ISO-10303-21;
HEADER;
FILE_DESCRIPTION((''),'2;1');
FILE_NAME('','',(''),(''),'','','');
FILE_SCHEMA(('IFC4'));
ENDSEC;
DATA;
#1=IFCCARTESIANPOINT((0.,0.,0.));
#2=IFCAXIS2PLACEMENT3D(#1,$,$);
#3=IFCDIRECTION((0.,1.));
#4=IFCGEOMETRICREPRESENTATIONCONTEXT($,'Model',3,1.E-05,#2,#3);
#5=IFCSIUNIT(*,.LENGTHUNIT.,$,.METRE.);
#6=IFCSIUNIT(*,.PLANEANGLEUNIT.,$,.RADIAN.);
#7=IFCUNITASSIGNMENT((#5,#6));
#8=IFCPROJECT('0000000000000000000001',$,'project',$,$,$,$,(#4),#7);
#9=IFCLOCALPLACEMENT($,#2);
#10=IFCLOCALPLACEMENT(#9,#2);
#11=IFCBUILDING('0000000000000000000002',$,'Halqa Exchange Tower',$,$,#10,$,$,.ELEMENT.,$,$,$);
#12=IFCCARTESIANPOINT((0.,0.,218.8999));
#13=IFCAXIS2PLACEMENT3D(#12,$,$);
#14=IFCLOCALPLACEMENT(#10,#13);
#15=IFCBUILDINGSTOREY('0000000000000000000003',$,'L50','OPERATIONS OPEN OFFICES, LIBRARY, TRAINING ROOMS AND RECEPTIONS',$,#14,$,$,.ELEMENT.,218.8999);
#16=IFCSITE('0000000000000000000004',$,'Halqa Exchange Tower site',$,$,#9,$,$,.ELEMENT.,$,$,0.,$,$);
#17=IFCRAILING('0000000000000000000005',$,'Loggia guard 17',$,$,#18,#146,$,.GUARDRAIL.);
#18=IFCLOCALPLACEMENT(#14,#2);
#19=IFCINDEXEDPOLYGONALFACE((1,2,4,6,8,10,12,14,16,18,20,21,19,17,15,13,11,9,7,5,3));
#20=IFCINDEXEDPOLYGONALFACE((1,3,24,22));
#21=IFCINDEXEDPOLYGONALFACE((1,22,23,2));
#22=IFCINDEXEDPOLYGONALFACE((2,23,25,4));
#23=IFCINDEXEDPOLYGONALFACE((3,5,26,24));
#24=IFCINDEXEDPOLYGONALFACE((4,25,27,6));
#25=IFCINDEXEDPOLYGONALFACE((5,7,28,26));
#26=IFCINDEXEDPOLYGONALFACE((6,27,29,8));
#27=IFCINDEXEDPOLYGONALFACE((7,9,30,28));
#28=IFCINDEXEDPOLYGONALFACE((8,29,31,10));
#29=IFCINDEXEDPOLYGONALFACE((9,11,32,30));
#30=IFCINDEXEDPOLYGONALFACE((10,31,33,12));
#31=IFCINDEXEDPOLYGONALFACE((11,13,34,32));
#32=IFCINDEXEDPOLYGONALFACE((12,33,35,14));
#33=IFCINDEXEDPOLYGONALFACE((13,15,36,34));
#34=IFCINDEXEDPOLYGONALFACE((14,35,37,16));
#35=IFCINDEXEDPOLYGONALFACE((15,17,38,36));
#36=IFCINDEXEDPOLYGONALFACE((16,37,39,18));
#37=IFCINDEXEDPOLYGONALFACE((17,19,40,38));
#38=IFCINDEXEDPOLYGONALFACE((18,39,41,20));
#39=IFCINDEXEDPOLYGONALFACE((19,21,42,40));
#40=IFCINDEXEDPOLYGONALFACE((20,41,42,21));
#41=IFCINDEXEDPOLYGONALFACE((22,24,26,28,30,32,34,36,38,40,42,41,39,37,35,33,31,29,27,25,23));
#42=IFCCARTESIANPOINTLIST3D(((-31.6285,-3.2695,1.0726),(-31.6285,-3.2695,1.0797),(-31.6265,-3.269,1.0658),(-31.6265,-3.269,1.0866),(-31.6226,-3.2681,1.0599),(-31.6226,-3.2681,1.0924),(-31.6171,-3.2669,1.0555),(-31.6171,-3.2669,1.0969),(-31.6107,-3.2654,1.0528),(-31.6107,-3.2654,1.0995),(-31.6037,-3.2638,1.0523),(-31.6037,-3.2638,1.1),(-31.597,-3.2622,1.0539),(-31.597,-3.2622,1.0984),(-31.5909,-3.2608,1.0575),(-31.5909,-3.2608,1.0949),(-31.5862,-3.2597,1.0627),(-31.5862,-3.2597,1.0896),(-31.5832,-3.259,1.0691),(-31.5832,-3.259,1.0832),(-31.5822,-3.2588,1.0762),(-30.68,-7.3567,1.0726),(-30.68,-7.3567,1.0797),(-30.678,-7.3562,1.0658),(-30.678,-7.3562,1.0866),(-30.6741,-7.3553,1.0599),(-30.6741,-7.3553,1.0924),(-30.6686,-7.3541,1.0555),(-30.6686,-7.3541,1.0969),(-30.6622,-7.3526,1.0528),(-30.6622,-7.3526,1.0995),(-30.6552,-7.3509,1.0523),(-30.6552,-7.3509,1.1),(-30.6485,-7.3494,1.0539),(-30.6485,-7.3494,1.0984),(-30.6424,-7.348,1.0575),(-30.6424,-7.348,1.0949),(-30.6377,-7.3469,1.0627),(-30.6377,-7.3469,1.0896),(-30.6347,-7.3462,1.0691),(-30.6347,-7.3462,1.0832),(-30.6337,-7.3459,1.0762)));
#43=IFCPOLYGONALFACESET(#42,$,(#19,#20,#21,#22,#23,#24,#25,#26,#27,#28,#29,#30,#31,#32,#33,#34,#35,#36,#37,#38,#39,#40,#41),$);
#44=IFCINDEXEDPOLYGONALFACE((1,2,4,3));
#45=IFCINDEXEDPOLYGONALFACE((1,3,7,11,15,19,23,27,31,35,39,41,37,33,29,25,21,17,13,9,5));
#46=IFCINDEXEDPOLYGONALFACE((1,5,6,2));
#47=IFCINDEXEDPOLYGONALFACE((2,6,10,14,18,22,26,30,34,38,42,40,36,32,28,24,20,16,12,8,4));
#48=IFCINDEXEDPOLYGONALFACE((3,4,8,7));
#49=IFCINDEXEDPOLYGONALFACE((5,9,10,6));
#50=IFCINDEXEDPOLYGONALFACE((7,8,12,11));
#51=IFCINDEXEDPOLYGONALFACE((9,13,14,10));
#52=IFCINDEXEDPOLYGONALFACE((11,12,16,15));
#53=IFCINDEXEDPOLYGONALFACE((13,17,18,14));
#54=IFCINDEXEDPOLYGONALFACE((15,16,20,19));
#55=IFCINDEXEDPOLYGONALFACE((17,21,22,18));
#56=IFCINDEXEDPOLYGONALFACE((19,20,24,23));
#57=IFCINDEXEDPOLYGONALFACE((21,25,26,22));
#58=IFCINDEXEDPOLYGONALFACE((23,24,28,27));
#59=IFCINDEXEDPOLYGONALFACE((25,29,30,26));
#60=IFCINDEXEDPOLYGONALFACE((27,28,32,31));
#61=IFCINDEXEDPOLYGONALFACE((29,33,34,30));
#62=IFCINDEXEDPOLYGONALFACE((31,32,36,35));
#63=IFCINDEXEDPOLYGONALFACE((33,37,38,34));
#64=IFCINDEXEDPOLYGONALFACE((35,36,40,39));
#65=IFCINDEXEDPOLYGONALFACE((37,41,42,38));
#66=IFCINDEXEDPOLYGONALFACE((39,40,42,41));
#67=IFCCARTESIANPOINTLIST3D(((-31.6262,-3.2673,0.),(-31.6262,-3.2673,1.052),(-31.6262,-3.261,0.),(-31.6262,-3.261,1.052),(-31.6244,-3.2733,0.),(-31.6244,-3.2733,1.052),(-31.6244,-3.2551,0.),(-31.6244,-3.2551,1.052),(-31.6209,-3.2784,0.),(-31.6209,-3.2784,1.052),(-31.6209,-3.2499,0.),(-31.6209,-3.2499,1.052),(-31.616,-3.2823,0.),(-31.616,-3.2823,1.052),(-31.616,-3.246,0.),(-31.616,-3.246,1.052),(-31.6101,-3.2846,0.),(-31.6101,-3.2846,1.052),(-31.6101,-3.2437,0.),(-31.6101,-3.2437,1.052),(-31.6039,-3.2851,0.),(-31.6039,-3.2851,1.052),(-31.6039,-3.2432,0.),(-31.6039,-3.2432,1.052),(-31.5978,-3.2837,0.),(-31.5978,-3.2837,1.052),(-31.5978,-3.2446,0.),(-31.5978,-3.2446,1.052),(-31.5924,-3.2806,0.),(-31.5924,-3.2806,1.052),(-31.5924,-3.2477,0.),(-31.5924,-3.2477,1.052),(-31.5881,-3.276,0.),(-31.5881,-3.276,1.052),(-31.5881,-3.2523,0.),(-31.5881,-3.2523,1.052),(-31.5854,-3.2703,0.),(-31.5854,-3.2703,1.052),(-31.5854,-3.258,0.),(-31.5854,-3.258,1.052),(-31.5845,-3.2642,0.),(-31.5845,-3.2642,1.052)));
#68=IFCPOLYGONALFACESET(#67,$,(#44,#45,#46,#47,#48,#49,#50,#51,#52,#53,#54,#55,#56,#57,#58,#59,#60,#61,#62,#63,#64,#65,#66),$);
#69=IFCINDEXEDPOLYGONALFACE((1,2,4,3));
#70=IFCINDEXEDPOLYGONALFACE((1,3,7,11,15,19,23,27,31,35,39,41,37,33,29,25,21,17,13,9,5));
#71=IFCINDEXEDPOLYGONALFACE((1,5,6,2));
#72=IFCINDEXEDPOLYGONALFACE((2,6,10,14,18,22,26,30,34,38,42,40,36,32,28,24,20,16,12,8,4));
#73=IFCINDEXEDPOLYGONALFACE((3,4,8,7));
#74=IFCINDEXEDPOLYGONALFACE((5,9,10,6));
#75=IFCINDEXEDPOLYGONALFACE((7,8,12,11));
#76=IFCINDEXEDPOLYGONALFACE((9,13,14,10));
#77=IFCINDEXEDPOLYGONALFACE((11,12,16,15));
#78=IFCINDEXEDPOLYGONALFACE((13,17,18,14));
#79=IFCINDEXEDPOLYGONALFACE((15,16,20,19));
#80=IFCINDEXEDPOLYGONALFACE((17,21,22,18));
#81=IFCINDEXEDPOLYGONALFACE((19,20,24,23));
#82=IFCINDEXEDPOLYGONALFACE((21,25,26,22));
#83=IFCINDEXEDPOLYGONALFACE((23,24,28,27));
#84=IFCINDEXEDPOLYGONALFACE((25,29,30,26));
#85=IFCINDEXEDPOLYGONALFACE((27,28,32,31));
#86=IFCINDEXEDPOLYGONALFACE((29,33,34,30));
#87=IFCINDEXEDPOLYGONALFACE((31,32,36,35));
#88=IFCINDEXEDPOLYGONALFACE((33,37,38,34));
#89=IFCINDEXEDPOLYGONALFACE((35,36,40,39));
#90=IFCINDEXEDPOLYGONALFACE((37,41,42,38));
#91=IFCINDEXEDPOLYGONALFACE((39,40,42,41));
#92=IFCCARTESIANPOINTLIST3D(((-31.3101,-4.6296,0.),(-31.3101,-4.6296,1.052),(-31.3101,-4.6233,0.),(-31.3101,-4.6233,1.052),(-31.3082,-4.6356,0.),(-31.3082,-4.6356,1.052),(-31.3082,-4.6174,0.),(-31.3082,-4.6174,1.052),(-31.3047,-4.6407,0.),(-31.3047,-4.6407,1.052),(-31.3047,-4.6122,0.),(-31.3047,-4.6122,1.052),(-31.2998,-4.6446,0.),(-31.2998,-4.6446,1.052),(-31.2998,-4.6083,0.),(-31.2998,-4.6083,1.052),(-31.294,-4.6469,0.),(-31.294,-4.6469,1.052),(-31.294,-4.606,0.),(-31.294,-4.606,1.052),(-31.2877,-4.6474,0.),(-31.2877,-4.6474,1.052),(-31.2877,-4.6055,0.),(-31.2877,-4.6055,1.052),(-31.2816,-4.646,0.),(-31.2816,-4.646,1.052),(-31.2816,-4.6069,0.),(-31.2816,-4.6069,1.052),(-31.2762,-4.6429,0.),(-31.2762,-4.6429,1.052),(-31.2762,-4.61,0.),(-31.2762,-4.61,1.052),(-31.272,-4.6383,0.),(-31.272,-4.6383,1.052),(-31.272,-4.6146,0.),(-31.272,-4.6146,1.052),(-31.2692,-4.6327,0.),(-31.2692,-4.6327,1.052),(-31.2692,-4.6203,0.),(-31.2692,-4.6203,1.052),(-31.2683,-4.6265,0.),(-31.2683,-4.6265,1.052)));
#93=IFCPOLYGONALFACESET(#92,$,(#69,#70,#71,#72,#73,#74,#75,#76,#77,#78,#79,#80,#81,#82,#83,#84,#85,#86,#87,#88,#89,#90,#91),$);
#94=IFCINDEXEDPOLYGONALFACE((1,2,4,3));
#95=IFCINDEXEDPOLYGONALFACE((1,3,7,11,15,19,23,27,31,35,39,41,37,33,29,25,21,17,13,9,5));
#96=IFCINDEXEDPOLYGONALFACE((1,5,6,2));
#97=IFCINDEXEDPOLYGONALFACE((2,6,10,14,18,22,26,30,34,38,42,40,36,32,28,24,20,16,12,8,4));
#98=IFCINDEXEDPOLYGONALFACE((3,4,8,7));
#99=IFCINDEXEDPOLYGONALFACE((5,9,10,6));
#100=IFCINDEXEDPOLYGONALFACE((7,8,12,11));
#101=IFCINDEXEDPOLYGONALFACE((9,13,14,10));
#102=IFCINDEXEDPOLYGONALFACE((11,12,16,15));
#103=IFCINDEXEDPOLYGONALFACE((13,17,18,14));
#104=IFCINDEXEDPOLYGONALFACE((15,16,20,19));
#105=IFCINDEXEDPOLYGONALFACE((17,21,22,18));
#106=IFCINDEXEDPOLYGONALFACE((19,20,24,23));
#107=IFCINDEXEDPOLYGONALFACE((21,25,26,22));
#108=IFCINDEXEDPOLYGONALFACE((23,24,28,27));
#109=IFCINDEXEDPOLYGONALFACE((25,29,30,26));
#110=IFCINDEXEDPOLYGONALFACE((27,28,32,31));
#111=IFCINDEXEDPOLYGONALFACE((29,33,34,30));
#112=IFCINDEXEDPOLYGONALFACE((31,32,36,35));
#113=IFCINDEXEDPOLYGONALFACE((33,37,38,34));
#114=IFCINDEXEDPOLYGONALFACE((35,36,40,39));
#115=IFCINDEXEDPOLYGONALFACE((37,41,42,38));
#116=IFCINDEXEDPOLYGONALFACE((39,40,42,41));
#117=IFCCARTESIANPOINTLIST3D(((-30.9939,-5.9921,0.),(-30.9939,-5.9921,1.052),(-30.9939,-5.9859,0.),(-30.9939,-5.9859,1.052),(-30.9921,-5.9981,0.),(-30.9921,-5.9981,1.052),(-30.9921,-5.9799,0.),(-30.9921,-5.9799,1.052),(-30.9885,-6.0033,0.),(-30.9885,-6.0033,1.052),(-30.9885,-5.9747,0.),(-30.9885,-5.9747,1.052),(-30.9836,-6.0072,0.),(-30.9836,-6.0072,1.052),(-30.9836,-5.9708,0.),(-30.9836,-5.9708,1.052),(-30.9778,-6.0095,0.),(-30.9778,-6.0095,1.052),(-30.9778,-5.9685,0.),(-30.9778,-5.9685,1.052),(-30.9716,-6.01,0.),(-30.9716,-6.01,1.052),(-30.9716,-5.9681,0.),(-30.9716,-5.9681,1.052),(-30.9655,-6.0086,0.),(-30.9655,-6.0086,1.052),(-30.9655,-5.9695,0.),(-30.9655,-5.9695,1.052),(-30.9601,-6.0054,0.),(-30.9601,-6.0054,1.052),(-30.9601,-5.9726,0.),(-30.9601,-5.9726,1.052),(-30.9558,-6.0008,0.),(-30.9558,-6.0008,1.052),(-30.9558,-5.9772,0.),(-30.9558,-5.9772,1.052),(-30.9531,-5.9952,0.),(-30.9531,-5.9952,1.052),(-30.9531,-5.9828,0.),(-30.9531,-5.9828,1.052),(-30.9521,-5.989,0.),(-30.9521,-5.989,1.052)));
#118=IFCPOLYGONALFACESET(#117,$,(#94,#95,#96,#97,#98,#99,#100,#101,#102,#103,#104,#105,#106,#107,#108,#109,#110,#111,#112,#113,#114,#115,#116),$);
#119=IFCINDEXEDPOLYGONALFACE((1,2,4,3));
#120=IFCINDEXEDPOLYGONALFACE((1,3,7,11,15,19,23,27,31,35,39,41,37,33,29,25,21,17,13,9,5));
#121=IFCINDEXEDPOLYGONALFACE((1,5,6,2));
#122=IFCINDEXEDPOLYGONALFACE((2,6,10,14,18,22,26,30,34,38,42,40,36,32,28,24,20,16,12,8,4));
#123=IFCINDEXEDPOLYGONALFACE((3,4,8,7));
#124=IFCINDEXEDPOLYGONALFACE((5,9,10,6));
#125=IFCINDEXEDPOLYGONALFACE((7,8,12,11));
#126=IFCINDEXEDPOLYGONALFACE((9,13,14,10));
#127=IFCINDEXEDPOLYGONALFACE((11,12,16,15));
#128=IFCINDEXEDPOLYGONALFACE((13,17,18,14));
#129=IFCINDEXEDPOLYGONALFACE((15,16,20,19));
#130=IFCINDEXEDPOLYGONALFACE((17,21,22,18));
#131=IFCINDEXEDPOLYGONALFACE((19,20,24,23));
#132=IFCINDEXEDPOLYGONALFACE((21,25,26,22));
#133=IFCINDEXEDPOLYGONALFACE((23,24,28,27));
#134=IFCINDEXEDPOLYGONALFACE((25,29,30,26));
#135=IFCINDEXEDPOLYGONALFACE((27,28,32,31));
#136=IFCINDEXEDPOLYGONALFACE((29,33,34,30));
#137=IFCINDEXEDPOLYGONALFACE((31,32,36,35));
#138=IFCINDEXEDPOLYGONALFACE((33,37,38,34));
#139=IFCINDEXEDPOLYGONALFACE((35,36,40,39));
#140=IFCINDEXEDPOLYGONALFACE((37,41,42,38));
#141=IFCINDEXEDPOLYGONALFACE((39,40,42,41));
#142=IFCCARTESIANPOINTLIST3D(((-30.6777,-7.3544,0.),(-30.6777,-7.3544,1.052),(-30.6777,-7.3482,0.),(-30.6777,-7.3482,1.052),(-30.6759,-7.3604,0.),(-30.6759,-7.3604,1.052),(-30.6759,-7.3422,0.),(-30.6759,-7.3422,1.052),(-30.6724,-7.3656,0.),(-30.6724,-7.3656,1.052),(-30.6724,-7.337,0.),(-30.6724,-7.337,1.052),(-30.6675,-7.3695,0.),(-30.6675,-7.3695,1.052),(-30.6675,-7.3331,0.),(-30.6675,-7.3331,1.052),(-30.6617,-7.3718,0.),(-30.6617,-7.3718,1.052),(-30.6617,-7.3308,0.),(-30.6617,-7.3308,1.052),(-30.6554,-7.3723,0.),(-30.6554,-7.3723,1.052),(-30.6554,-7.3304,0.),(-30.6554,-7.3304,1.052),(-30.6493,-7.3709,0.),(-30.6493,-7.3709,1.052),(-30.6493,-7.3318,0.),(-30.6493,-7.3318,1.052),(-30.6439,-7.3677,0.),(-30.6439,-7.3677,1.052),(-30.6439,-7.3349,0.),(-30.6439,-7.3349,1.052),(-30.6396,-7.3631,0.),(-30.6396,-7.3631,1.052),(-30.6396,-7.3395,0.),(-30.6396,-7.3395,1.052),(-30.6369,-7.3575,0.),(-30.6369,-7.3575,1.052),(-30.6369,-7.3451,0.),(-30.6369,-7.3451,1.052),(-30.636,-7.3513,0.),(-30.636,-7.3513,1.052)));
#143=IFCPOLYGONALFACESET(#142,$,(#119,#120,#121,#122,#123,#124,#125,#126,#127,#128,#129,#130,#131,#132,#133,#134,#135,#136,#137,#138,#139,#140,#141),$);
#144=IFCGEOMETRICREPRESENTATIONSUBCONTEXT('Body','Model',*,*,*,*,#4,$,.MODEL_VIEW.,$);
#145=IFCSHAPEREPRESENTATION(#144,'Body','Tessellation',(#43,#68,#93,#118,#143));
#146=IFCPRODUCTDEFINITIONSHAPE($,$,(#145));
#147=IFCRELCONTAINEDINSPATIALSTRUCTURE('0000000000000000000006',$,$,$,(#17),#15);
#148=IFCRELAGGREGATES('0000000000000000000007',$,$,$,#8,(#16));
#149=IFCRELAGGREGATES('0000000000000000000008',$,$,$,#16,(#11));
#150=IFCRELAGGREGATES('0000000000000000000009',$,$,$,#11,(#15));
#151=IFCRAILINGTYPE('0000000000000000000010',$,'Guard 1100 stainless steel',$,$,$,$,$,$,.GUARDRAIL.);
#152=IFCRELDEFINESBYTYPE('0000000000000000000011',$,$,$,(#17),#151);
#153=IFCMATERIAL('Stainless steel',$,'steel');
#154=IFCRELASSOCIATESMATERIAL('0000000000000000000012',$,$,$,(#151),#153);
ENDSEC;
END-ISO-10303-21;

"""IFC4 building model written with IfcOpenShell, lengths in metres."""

from ifc_helpers import new_model, si_unit, direction, frame, origin, origin_2d, place, context, subcontext, project, spatial, circle, extrude, material, type_object, element, save


model = new_model("IFC4")

# Units and contexts
model_context = context("Model", 3, precision=1e-05, world=origin(), true_north=direction((0.0, 1.0)))
body_context = subcontext(model_context, "Body", "Model", "MODEL_VIEW")
ifc_project = project(units=[si_unit("LENGTHUNIT", "METRE"), si_unit("PLANEANGLEUNIT", "RADIAN")], contexts=[model_context])

# Site, building, storey
site_placement = place(None, origin())
site = spatial("IfcSite", under=ifc_project, at=site_placement, Name="Halqa Exchange Tower site", CompositionType="ELEMENT", RefElevation=0.0)
building_placement = place(site_placement, origin())
building = spatial("IfcBuilding", under=site, at=building_placement, Name="Halqa Exchange Tower", CompositionType="ELEMENT")
storey_placement = place(building_placement, frame((0.0, 0.0, 218.8999)))
storey = spatial("IfcBuildingStorey", under=building, at=storey_placement, Name="L50", Description="OPERATIONS OPEN OFFICES, LIBRARY, TRAINING ROOMS AND RECEPTIONS", CompositionType="ELEMENT", Elevation=218.8999)

# Railing
ifc_material_1 = material(Name="Stainless steel", Category="steel")
railing_type = type_object("IfcRailingType", Name="Guard 1100 stainless steel", PredefinedType="GUARDRAIL", material=ifc_material_1)
railing_1_placement = place(storey_placement, frame((-31.6055, -3.2642, 0.0)))
element("IfcRailing", 1, at=railing_1_placement, inside=storey, type_object=railing_type, Name="Loggia guard 17", PredefinedType="GUARDRAIL", context=body_context, shape_type="SweptSolid", body=[
    extrude(circle(Radius=0.0239, at=origin_2d()), frame((0.0, 0.0, 1.0762), z_axis=(0.226058, -0.974114, 0.0), x_axis=(0.974114, 0.226058, 0.0)), (0.0, 0.0, 1.0), 4.1958),
    extrude(circle(Radius=0.021, at=origin_2d()), origin(), (0.0, 0.0, 1.0), 1.052),
    extrude(circle(Radius=0.021, at=origin_2d()), frame((0.3162, -1.3623, 0.0)), (0.0, 0.0, 1.0), 1.052),
    extrude(circle(Radius=0.021, at=origin_2d()), frame((0.6323, -2.7249, 0.0)), (0.0, 0.0, 1.0), 1.052),
    extrude(circle(Radius=0.021, at=origin_2d()), frame((0.9485, -4.0872, 0.0)), (0.0, 0.0, 1.0), 1.052),
])

save(model, "model.ifc")
